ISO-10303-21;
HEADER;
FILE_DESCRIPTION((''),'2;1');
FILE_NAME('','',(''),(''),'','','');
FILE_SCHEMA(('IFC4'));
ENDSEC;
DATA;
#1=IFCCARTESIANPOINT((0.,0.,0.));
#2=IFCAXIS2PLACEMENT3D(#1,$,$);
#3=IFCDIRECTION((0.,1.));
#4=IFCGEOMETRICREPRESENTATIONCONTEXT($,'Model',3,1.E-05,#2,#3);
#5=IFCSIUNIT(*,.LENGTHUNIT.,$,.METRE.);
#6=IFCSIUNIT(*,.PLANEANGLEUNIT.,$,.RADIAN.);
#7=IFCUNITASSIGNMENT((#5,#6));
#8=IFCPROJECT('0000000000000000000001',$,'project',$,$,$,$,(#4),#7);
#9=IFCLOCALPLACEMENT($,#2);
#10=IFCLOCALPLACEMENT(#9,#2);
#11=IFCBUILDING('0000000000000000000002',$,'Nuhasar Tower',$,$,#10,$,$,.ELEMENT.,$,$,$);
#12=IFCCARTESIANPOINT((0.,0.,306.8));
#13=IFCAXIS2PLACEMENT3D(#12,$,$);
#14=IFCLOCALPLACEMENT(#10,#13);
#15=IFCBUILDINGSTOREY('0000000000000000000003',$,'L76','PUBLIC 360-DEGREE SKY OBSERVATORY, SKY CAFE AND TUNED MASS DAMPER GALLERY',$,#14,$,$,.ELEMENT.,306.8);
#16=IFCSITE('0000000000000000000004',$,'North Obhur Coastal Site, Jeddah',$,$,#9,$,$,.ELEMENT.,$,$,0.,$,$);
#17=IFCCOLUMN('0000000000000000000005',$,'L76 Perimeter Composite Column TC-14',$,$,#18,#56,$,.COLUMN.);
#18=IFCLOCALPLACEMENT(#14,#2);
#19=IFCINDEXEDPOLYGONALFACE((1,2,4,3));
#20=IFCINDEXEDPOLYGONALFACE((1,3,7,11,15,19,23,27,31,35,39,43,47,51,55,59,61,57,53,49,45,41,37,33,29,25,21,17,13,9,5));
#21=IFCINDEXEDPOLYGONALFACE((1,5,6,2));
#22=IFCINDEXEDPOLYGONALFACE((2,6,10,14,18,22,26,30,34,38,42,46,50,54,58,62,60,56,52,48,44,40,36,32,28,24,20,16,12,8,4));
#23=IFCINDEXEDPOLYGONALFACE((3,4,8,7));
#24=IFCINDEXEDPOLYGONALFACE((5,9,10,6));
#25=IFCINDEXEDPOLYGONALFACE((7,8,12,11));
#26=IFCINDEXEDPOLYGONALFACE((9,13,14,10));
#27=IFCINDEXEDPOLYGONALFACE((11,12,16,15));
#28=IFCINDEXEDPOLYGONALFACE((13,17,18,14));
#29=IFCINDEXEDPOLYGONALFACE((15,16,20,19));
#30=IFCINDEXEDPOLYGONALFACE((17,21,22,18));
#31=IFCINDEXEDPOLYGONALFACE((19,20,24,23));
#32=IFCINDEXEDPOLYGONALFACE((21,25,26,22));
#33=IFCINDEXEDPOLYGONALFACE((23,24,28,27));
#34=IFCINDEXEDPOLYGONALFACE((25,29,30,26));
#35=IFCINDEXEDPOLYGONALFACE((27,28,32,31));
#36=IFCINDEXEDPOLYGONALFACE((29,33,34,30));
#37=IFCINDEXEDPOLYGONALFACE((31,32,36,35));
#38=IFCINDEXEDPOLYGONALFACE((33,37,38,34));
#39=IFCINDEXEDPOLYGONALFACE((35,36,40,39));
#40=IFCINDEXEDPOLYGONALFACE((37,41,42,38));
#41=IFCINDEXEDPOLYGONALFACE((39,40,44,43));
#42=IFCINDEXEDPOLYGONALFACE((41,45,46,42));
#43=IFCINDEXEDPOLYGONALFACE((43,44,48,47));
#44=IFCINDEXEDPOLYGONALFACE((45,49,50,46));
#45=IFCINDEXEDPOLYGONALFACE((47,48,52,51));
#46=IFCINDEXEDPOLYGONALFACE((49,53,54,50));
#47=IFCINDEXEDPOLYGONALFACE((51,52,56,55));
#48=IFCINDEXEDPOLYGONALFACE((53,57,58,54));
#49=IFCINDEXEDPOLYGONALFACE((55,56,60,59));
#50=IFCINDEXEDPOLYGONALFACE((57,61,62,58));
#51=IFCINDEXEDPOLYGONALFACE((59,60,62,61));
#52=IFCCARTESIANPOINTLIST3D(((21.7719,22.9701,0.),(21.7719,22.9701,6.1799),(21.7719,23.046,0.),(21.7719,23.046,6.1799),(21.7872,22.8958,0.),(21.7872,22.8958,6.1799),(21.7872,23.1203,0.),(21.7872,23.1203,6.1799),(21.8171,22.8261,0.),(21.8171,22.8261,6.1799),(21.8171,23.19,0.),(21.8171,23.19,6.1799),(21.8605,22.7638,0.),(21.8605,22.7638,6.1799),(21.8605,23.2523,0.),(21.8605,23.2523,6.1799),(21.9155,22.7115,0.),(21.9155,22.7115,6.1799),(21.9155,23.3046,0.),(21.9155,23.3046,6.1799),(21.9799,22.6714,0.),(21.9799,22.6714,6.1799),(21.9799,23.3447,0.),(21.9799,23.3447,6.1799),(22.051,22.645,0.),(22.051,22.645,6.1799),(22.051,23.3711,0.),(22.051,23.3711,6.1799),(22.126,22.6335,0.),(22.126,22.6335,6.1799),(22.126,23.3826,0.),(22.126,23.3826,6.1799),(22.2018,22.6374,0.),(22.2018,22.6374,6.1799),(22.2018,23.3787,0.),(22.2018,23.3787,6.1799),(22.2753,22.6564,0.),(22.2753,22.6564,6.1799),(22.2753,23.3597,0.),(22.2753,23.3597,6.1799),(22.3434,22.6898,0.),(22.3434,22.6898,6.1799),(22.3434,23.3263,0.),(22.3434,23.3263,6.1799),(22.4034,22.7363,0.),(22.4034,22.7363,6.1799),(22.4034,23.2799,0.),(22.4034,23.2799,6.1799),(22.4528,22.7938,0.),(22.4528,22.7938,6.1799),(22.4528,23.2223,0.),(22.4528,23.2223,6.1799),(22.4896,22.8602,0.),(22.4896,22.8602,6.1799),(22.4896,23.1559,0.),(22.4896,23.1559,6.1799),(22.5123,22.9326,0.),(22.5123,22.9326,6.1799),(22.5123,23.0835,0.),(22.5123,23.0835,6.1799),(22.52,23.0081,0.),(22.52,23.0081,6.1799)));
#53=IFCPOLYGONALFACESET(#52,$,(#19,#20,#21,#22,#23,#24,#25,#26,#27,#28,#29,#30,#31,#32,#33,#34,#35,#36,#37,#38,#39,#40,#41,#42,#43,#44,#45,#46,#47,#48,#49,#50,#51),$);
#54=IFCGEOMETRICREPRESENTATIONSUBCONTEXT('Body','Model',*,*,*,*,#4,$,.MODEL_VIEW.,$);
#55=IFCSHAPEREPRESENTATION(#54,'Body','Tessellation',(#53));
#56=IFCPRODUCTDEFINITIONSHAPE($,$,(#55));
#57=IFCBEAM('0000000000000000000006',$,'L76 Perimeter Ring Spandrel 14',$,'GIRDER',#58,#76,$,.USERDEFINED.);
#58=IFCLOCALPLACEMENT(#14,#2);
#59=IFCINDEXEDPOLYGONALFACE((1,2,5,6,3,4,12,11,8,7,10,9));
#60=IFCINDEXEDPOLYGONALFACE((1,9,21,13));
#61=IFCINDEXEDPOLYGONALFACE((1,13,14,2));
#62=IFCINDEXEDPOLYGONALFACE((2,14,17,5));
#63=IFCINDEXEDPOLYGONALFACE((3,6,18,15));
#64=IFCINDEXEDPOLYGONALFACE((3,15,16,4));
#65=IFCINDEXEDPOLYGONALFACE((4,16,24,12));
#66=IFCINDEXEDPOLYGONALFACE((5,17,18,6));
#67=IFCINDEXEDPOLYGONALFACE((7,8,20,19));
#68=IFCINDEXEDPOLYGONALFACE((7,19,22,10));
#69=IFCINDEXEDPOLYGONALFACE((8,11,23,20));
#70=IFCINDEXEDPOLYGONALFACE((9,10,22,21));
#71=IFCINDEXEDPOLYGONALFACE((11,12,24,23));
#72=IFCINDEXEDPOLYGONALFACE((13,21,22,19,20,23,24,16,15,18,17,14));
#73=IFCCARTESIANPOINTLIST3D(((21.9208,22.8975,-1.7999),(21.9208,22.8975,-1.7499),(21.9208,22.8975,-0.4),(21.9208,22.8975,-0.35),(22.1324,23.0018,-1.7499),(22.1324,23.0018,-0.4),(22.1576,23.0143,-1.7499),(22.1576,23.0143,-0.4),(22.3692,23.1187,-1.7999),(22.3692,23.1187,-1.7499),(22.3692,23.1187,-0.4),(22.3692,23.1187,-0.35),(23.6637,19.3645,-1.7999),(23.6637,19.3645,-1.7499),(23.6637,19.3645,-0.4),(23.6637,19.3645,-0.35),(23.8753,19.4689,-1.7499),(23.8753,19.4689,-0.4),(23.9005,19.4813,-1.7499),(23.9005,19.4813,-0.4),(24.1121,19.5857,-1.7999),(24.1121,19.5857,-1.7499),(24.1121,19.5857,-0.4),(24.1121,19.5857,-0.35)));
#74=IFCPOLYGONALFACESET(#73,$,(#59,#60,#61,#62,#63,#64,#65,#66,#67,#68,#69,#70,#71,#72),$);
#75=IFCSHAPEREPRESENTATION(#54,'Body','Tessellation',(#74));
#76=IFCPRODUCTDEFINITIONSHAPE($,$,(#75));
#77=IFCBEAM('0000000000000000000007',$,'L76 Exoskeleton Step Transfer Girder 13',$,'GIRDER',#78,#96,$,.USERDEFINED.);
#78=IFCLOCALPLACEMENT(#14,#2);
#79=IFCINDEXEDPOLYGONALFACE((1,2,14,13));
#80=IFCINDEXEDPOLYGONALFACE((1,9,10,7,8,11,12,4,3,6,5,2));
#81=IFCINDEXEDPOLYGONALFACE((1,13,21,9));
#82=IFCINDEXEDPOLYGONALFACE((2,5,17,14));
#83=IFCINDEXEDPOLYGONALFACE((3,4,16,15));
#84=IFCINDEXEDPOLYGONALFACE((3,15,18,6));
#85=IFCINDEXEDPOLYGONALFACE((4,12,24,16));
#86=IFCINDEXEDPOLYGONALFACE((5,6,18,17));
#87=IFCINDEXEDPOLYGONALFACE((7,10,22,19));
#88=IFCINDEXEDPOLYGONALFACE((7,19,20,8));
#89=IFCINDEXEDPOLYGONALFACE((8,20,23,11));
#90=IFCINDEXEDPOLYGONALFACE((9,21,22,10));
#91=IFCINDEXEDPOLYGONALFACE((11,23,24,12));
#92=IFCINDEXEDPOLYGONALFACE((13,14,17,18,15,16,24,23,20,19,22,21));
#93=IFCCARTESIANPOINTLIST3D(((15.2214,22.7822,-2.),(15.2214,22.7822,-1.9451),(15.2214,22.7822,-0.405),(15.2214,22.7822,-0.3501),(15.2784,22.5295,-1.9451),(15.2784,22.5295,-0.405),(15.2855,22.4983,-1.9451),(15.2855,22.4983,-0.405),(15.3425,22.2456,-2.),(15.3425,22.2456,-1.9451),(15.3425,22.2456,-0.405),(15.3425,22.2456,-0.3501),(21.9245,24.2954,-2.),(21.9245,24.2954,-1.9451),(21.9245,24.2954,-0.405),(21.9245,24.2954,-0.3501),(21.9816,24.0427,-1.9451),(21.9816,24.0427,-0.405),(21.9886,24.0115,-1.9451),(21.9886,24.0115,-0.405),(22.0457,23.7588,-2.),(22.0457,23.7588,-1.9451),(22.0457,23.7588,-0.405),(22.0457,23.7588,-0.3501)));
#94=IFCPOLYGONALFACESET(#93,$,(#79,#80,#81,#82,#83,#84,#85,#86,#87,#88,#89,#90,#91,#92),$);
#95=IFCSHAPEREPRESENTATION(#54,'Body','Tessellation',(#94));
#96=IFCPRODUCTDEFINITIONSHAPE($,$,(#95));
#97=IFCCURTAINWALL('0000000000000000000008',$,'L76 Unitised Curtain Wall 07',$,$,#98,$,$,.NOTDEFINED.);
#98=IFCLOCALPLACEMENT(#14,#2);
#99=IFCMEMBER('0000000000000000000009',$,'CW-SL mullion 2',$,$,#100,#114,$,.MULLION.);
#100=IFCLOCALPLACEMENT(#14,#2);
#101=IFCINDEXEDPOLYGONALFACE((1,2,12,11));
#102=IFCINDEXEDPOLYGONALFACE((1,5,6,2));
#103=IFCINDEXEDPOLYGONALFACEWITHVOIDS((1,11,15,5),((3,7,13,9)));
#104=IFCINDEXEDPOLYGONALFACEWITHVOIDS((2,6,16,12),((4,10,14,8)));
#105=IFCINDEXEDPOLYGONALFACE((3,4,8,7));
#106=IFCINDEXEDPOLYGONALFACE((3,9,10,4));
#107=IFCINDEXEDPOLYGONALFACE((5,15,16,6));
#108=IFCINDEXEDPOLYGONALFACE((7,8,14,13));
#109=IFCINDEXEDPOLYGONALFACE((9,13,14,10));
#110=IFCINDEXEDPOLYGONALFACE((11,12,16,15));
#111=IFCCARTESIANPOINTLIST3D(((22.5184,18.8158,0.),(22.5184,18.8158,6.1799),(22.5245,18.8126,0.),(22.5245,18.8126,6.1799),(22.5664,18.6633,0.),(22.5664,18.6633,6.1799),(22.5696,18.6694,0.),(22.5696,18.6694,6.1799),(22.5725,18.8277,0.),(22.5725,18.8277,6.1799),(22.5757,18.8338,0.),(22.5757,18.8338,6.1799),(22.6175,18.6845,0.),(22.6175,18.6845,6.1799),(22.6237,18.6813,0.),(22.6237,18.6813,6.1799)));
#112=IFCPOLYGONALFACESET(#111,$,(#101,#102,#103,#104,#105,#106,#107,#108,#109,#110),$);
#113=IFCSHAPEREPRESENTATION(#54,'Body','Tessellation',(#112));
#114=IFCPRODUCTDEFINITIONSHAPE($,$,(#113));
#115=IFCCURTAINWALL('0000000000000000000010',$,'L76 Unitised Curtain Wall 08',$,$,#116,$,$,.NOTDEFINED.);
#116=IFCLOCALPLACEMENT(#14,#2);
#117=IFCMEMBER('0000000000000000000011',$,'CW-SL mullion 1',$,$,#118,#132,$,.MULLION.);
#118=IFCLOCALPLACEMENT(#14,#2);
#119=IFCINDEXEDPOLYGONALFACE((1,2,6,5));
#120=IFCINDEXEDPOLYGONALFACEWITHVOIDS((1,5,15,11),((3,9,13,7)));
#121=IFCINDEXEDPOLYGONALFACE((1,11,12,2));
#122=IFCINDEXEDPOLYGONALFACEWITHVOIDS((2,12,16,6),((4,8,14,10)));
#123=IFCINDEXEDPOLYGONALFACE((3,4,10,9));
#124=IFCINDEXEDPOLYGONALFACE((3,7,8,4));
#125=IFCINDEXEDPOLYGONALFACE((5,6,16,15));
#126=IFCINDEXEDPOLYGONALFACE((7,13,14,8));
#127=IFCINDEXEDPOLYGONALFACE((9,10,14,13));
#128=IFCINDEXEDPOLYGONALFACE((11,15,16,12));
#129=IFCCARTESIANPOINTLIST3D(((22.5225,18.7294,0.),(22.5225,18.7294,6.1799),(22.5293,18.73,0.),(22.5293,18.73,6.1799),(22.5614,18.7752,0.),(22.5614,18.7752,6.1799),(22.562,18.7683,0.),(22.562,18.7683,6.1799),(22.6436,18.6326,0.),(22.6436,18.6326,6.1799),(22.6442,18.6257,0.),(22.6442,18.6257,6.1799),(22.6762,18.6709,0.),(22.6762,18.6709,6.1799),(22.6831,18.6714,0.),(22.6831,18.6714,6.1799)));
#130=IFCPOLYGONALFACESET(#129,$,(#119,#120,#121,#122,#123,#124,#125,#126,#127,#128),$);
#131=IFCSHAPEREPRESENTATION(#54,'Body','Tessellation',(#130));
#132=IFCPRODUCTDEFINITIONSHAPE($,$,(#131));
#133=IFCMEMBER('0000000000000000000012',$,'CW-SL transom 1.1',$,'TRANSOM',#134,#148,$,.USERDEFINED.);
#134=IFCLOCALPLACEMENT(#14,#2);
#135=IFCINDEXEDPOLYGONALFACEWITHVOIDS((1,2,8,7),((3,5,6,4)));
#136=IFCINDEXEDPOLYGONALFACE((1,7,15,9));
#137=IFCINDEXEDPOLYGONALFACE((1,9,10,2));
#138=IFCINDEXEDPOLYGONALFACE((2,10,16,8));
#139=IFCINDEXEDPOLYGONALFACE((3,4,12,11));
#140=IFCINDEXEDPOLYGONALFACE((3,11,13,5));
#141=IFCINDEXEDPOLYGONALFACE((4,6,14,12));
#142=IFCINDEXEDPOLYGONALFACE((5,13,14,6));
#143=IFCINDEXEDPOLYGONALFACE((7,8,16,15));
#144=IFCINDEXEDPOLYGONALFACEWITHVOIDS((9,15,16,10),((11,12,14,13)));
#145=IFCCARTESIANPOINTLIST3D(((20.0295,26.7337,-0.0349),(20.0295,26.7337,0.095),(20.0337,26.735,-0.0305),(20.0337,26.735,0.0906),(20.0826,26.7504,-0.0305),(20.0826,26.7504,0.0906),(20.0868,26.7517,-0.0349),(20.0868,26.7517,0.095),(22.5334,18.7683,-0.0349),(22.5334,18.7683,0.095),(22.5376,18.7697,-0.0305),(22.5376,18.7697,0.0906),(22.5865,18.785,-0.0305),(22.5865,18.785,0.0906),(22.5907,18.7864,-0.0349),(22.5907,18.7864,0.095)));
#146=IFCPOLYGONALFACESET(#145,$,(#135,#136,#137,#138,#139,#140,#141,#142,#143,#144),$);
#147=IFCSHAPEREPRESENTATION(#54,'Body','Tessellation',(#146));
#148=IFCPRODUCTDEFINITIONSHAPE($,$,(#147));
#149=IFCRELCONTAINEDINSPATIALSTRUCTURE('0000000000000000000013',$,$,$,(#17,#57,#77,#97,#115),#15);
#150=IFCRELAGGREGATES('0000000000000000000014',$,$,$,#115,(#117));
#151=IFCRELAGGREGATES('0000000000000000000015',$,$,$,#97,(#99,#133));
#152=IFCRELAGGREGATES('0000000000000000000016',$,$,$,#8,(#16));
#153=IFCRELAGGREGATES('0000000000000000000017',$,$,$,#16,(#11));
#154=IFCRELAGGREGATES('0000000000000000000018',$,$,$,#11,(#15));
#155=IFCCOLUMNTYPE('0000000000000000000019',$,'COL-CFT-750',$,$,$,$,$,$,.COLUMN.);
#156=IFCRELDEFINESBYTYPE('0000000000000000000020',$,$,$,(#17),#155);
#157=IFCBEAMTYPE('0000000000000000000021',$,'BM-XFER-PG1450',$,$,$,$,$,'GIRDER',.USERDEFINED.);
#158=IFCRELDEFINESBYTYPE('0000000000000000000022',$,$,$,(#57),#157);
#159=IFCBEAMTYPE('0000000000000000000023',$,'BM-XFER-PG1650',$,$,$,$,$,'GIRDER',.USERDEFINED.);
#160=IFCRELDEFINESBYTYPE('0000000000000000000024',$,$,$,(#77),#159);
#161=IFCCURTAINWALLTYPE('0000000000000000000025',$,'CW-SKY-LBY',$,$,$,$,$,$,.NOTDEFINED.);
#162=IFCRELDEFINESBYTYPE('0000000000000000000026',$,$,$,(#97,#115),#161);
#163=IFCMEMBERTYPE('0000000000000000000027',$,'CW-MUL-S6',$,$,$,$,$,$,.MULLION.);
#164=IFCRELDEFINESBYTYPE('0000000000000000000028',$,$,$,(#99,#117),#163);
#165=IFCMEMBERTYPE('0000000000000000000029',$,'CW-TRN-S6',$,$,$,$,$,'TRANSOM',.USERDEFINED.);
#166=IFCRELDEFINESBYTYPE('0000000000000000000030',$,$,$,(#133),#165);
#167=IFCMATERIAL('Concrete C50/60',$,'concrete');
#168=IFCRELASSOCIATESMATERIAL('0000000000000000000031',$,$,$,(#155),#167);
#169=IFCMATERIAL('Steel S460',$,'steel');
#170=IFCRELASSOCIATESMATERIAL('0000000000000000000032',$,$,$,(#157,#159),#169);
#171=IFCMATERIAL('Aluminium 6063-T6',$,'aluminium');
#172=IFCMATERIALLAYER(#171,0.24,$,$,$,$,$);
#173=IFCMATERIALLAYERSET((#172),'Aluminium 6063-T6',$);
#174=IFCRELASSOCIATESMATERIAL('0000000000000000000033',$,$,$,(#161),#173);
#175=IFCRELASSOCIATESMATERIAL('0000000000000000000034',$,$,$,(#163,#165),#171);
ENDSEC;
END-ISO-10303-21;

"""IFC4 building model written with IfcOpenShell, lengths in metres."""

from ifc_helpers import new_model, si_unit, direction, frame, origin, origin_2d, place, context, subcontext, project, spatial, hollow_rectangle, circle, i_section, extrude, material, layer, layer_set, material_profile, profile_set, type_object, element, aggregate, save


model = new_model("IFC4")

# Units and contexts
model_context = context("Model", 3, precision=1e-05, world=origin(), true_north=direction((0.0, 1.0)))
body_context = subcontext(model_context, "Body", "Model", "MODEL_VIEW")
ifc_project = project(units=[si_unit("LENGTHUNIT", "METRE"), si_unit("PLANEANGLEUNIT", "RADIAN")], contexts=[model_context])

# Site, building, storey
site_placement = place(None, origin())
site = spatial("IfcSite", under=ifc_project, at=site_placement, Name="North Obhur Coastal Site, Jeddah", CompositionType="ELEMENT", RefElevation=0.0)
building_placement = place(site_placement, origin())
building = spatial("IfcBuilding", under=site, at=building_placement, Name="Nuhasar Tower", CompositionType="ELEMENT")
storey_placement = place(building_placement, frame((0.0, 0.0, 306.8)))
storey = spatial("IfcBuildingStorey", under=building, at=storey_placement, Name="L76", Description="PUBLIC 360-DEGREE SKY OBSERVATORY, SKY CAFE AND TUNED MASS DAMPER GALLERY", CompositionType="ELEMENT", Elevation=306.8)

# Column
ifc_material_1 = material(Name="Concrete C50/60", Category="concrete")
ifc_material_profile_1 = material_profile(ifc_material_1, circle(Radius=0.375, at=origin_2d()), Name="CFT750")
ifc_profile_set_1 = profile_set([ifc_material_profile_1], Name="Concrete C50/60")
column_type = type_object("IfcColumnType", Name="COL-CFT-750", PredefinedType="COLUMN", material=ifc_profile_set_1)
column_placement = place(storey_placement, frame((22.145, 23.0081, 0.0), z_axis=(0.0, 0.0, 1.0), x_axis=(1.0, 0.0, 0.0)))
element("IfcColumn", 1, at=column_placement, inside=storey, type_object=column_type, Name="L76 Perimeter Composite Column TC-14", PredefinedType="COLUMN", context=body_context, shape_type="SweptSolid", body=[
    extrude(circle(Radius=0.375, at=origin_2d()), origin(), (0.0, 0.0, 1.0), 6.1799),
])

# Beams
ifc_material_2 = material(Name="Steel S460", Category="steel")
ifc_material_profile_2 = material_profile(ifc_material_2, i_section(OverallWidth=0.5, OverallDepth=1.45, WebThickness=0.0281, FlangeThickness=0.05, at=origin_2d()), Name="PG1450X500")
ifc_profile_set_2 = profile_set([ifc_material_profile_2], Name="Steel S460")
beam_type_1 = type_object("IfcBeamType", Name="BM-XFER-PG1450", ElementType="GIRDER", PredefinedType="USERDEFINED", material=ifc_profile_set_2)
beam_1_placement = place(storey_placement, frame((22.145, 23.0081, -1.075), z_axis=(0.442423, -0.896807, 0.0), x_axis=(0.896807, 0.442423, 0.0)))
element("IfcBeam", 2, at=beam_1_placement, inside=storey, type_object=beam_type_1, Name="L76 Perimeter Ring Spandrel 14", ObjectType="GIRDER", PredefinedType="USERDEFINED", context=body_context, shape_type="SweptSolid", body=[
    extrude(i_section(OverallWidth=0.5, OverallDepth=1.45, WebThickness=0.0281, FlangeThickness=0.05, at=origin_2d()), origin(), (0.0, 0.0, 1.0), 3.9395),
])
ifc_material_profile_3 = material_profile(ifc_material_2, i_section(OverallWidth=0.55, OverallDepth=1.6499, WebThickness=0.032, FlangeThickness=0.0549, at=origin_2d()), Name="PG1650X550")
ifc_profile_set_3 = profile_set([ifc_material_profile_3], Name="Steel S460")
beam_type_2 = type_object("IfcBeamType", Name="BM-XFER-PG1650", ElementType="GIRDER", PredefinedType="USERDEFINED", material=ifc_profile_set_3)
beam_2_placement = place(storey_placement, frame((21.9851, 24.0271, -1.175), z_axis=(-0.975454, -0.220202, 0.0), x_axis=(0.220202, -0.975454, 0.0)))
element("IfcBeam", 3, at=beam_2_placement, inside=storey, type_object=beam_type_2, Name="L76 Exoskeleton Step Transfer Girder 13", ObjectType="GIRDER", PredefinedType="USERDEFINED", context=body_context, shape_type="SweptSolid", body=[
    extrude(i_section(OverallWidth=0.55, OverallDepth=1.6499, WebThickness=0.032, FlangeThickness=0.0549, at=origin_2d()), origin(), (0.0, 0.0, 1.0), 6.8718),
])

# Curtain walls, members
ifc_material_3 = material(Name="Aluminium 6063-T6", Category="aluminium")
ifc_layer_1 = layer(ifc_material_3, 0.24)
ifc_layer_set_1 = layer_set([ifc_layer_1], Name="Aluminium 6063-T6")
curtain_wall_type = type_object("IfcCurtainWallType", Name="CW-SKY-LBY", PredefinedType="NOTDEFINED", material=ifc_layer_set_1)
curtain_wall_1_placement = place(storey_placement, origin())
curtain_wall_1 = element("IfcCurtainWall", 4, at=curtain_wall_1_placement, inside=storey, type_object=curtain_wall_type, Name="L76 Unitised Curtain Wall 07", PredefinedType="NOTDEFINED")
ifc_material_profile_4 = material_profile(ifc_material_3, hollow_rectangle(XDim=0.0601, YDim=0.1599, WallThickness=0.0049, at=origin_2d()), Name="CWM-6")
ifc_profile_set_4 = profile_set([ifc_material_profile_4], Name="Aluminium 6063-T6")
member_type_1 = type_object("IfcMemberType", Name="CW-MUL-S6", PredefinedType="MULLION", material=ifc_profile_set_4)
member_1_placement = place(storey_placement, frame((22.571, 18.7485, 0.0), z_axis=(0.0, 0.0, 1.0), x_axis=(0.953974, 0.299888, 0.0)))
member_1 = element("IfcMember", 5, at=member_1_placement, type_object=member_type_1, Name="CW-SL mullion 2", PredefinedType="MULLION", context=body_context, shape_type="SweptSolid", body=[
    extrude(hollow_rectangle(XDim=0.0601, YDim=0.1599, WallThickness=0.0049, at=origin_2d()), origin(), (0.0, 0.0, 1.0), 6.1799),
])
curtain_wall_2_placement = place(storey_placement, origin())
curtain_wall_2 = element("IfcCurtainWall", 6, at=curtain_wall_2_placement, inside=storey, type_object=curtain_wall_type, Name="L76 Unitised Curtain Wall 08", PredefinedType="NOTDEFINED")
member_2_placement = place(storey_placement, frame((22.6028, 18.7004, 0.0), z_axis=(0.0, 0.0, 1.0), x_axis=(0.648666, 0.761073, 0.0)))
member_2 = element("IfcMember", 7, at=member_2_placement, type_object=member_type_1, Name="CW-SL mullion 1", PredefinedType="MULLION", context=body_context, shape_type="SweptSolid", body=[
    extrude(hollow_rectangle(XDim=0.0601, YDim=0.1599, WallThickness=0.0049, at=origin_2d()), origin(), (0.0, 0.0, 1.0), 6.1799),
])
aggregate(curtain_wall_2, [member_2])

# Member
ifc_material_profile_5 = material_profile(ifc_material_3, hollow_rectangle(XDim=0.0601, YDim=0.1299, WallThickness=0.0044, at=origin_2d()), Name="CWT-6")
ifc_profile_set_5 = profile_set([ifc_material_profile_5], Name="Aluminium 6063-T6")
member_type_2 = type_object("IfcMemberType", Name="CW-TRN-S6", ElementType="TRANSOM", PredefinedType="USERDEFINED", material=ifc_profile_set_5)
member_3_placement = place(storey_placement, frame((20.0581, 26.7427, 0.03), z_axis=(0.299883, -0.953976, 0.0), x_axis=(0.953976, 0.299883, 0.0)))
member_3 = element("IfcMember", 8, at=member_3_placement, type_object=member_type_2, Name="CW-SL transom 1.1", ObjectType="TRANSOM", PredefinedType="USERDEFINED", context=body_context, shape_type="SweptSolid", body=[
    extrude(hollow_rectangle(XDim=0.0601, YDim=0.1299, WallThickness=0.0044, at=origin_2d()), origin(), (0.0, 0.0, 1.0), 8.3496),
])

aggregate(curtain_wall_1, [member_1, member_3])

save(model, "model.ifc")
